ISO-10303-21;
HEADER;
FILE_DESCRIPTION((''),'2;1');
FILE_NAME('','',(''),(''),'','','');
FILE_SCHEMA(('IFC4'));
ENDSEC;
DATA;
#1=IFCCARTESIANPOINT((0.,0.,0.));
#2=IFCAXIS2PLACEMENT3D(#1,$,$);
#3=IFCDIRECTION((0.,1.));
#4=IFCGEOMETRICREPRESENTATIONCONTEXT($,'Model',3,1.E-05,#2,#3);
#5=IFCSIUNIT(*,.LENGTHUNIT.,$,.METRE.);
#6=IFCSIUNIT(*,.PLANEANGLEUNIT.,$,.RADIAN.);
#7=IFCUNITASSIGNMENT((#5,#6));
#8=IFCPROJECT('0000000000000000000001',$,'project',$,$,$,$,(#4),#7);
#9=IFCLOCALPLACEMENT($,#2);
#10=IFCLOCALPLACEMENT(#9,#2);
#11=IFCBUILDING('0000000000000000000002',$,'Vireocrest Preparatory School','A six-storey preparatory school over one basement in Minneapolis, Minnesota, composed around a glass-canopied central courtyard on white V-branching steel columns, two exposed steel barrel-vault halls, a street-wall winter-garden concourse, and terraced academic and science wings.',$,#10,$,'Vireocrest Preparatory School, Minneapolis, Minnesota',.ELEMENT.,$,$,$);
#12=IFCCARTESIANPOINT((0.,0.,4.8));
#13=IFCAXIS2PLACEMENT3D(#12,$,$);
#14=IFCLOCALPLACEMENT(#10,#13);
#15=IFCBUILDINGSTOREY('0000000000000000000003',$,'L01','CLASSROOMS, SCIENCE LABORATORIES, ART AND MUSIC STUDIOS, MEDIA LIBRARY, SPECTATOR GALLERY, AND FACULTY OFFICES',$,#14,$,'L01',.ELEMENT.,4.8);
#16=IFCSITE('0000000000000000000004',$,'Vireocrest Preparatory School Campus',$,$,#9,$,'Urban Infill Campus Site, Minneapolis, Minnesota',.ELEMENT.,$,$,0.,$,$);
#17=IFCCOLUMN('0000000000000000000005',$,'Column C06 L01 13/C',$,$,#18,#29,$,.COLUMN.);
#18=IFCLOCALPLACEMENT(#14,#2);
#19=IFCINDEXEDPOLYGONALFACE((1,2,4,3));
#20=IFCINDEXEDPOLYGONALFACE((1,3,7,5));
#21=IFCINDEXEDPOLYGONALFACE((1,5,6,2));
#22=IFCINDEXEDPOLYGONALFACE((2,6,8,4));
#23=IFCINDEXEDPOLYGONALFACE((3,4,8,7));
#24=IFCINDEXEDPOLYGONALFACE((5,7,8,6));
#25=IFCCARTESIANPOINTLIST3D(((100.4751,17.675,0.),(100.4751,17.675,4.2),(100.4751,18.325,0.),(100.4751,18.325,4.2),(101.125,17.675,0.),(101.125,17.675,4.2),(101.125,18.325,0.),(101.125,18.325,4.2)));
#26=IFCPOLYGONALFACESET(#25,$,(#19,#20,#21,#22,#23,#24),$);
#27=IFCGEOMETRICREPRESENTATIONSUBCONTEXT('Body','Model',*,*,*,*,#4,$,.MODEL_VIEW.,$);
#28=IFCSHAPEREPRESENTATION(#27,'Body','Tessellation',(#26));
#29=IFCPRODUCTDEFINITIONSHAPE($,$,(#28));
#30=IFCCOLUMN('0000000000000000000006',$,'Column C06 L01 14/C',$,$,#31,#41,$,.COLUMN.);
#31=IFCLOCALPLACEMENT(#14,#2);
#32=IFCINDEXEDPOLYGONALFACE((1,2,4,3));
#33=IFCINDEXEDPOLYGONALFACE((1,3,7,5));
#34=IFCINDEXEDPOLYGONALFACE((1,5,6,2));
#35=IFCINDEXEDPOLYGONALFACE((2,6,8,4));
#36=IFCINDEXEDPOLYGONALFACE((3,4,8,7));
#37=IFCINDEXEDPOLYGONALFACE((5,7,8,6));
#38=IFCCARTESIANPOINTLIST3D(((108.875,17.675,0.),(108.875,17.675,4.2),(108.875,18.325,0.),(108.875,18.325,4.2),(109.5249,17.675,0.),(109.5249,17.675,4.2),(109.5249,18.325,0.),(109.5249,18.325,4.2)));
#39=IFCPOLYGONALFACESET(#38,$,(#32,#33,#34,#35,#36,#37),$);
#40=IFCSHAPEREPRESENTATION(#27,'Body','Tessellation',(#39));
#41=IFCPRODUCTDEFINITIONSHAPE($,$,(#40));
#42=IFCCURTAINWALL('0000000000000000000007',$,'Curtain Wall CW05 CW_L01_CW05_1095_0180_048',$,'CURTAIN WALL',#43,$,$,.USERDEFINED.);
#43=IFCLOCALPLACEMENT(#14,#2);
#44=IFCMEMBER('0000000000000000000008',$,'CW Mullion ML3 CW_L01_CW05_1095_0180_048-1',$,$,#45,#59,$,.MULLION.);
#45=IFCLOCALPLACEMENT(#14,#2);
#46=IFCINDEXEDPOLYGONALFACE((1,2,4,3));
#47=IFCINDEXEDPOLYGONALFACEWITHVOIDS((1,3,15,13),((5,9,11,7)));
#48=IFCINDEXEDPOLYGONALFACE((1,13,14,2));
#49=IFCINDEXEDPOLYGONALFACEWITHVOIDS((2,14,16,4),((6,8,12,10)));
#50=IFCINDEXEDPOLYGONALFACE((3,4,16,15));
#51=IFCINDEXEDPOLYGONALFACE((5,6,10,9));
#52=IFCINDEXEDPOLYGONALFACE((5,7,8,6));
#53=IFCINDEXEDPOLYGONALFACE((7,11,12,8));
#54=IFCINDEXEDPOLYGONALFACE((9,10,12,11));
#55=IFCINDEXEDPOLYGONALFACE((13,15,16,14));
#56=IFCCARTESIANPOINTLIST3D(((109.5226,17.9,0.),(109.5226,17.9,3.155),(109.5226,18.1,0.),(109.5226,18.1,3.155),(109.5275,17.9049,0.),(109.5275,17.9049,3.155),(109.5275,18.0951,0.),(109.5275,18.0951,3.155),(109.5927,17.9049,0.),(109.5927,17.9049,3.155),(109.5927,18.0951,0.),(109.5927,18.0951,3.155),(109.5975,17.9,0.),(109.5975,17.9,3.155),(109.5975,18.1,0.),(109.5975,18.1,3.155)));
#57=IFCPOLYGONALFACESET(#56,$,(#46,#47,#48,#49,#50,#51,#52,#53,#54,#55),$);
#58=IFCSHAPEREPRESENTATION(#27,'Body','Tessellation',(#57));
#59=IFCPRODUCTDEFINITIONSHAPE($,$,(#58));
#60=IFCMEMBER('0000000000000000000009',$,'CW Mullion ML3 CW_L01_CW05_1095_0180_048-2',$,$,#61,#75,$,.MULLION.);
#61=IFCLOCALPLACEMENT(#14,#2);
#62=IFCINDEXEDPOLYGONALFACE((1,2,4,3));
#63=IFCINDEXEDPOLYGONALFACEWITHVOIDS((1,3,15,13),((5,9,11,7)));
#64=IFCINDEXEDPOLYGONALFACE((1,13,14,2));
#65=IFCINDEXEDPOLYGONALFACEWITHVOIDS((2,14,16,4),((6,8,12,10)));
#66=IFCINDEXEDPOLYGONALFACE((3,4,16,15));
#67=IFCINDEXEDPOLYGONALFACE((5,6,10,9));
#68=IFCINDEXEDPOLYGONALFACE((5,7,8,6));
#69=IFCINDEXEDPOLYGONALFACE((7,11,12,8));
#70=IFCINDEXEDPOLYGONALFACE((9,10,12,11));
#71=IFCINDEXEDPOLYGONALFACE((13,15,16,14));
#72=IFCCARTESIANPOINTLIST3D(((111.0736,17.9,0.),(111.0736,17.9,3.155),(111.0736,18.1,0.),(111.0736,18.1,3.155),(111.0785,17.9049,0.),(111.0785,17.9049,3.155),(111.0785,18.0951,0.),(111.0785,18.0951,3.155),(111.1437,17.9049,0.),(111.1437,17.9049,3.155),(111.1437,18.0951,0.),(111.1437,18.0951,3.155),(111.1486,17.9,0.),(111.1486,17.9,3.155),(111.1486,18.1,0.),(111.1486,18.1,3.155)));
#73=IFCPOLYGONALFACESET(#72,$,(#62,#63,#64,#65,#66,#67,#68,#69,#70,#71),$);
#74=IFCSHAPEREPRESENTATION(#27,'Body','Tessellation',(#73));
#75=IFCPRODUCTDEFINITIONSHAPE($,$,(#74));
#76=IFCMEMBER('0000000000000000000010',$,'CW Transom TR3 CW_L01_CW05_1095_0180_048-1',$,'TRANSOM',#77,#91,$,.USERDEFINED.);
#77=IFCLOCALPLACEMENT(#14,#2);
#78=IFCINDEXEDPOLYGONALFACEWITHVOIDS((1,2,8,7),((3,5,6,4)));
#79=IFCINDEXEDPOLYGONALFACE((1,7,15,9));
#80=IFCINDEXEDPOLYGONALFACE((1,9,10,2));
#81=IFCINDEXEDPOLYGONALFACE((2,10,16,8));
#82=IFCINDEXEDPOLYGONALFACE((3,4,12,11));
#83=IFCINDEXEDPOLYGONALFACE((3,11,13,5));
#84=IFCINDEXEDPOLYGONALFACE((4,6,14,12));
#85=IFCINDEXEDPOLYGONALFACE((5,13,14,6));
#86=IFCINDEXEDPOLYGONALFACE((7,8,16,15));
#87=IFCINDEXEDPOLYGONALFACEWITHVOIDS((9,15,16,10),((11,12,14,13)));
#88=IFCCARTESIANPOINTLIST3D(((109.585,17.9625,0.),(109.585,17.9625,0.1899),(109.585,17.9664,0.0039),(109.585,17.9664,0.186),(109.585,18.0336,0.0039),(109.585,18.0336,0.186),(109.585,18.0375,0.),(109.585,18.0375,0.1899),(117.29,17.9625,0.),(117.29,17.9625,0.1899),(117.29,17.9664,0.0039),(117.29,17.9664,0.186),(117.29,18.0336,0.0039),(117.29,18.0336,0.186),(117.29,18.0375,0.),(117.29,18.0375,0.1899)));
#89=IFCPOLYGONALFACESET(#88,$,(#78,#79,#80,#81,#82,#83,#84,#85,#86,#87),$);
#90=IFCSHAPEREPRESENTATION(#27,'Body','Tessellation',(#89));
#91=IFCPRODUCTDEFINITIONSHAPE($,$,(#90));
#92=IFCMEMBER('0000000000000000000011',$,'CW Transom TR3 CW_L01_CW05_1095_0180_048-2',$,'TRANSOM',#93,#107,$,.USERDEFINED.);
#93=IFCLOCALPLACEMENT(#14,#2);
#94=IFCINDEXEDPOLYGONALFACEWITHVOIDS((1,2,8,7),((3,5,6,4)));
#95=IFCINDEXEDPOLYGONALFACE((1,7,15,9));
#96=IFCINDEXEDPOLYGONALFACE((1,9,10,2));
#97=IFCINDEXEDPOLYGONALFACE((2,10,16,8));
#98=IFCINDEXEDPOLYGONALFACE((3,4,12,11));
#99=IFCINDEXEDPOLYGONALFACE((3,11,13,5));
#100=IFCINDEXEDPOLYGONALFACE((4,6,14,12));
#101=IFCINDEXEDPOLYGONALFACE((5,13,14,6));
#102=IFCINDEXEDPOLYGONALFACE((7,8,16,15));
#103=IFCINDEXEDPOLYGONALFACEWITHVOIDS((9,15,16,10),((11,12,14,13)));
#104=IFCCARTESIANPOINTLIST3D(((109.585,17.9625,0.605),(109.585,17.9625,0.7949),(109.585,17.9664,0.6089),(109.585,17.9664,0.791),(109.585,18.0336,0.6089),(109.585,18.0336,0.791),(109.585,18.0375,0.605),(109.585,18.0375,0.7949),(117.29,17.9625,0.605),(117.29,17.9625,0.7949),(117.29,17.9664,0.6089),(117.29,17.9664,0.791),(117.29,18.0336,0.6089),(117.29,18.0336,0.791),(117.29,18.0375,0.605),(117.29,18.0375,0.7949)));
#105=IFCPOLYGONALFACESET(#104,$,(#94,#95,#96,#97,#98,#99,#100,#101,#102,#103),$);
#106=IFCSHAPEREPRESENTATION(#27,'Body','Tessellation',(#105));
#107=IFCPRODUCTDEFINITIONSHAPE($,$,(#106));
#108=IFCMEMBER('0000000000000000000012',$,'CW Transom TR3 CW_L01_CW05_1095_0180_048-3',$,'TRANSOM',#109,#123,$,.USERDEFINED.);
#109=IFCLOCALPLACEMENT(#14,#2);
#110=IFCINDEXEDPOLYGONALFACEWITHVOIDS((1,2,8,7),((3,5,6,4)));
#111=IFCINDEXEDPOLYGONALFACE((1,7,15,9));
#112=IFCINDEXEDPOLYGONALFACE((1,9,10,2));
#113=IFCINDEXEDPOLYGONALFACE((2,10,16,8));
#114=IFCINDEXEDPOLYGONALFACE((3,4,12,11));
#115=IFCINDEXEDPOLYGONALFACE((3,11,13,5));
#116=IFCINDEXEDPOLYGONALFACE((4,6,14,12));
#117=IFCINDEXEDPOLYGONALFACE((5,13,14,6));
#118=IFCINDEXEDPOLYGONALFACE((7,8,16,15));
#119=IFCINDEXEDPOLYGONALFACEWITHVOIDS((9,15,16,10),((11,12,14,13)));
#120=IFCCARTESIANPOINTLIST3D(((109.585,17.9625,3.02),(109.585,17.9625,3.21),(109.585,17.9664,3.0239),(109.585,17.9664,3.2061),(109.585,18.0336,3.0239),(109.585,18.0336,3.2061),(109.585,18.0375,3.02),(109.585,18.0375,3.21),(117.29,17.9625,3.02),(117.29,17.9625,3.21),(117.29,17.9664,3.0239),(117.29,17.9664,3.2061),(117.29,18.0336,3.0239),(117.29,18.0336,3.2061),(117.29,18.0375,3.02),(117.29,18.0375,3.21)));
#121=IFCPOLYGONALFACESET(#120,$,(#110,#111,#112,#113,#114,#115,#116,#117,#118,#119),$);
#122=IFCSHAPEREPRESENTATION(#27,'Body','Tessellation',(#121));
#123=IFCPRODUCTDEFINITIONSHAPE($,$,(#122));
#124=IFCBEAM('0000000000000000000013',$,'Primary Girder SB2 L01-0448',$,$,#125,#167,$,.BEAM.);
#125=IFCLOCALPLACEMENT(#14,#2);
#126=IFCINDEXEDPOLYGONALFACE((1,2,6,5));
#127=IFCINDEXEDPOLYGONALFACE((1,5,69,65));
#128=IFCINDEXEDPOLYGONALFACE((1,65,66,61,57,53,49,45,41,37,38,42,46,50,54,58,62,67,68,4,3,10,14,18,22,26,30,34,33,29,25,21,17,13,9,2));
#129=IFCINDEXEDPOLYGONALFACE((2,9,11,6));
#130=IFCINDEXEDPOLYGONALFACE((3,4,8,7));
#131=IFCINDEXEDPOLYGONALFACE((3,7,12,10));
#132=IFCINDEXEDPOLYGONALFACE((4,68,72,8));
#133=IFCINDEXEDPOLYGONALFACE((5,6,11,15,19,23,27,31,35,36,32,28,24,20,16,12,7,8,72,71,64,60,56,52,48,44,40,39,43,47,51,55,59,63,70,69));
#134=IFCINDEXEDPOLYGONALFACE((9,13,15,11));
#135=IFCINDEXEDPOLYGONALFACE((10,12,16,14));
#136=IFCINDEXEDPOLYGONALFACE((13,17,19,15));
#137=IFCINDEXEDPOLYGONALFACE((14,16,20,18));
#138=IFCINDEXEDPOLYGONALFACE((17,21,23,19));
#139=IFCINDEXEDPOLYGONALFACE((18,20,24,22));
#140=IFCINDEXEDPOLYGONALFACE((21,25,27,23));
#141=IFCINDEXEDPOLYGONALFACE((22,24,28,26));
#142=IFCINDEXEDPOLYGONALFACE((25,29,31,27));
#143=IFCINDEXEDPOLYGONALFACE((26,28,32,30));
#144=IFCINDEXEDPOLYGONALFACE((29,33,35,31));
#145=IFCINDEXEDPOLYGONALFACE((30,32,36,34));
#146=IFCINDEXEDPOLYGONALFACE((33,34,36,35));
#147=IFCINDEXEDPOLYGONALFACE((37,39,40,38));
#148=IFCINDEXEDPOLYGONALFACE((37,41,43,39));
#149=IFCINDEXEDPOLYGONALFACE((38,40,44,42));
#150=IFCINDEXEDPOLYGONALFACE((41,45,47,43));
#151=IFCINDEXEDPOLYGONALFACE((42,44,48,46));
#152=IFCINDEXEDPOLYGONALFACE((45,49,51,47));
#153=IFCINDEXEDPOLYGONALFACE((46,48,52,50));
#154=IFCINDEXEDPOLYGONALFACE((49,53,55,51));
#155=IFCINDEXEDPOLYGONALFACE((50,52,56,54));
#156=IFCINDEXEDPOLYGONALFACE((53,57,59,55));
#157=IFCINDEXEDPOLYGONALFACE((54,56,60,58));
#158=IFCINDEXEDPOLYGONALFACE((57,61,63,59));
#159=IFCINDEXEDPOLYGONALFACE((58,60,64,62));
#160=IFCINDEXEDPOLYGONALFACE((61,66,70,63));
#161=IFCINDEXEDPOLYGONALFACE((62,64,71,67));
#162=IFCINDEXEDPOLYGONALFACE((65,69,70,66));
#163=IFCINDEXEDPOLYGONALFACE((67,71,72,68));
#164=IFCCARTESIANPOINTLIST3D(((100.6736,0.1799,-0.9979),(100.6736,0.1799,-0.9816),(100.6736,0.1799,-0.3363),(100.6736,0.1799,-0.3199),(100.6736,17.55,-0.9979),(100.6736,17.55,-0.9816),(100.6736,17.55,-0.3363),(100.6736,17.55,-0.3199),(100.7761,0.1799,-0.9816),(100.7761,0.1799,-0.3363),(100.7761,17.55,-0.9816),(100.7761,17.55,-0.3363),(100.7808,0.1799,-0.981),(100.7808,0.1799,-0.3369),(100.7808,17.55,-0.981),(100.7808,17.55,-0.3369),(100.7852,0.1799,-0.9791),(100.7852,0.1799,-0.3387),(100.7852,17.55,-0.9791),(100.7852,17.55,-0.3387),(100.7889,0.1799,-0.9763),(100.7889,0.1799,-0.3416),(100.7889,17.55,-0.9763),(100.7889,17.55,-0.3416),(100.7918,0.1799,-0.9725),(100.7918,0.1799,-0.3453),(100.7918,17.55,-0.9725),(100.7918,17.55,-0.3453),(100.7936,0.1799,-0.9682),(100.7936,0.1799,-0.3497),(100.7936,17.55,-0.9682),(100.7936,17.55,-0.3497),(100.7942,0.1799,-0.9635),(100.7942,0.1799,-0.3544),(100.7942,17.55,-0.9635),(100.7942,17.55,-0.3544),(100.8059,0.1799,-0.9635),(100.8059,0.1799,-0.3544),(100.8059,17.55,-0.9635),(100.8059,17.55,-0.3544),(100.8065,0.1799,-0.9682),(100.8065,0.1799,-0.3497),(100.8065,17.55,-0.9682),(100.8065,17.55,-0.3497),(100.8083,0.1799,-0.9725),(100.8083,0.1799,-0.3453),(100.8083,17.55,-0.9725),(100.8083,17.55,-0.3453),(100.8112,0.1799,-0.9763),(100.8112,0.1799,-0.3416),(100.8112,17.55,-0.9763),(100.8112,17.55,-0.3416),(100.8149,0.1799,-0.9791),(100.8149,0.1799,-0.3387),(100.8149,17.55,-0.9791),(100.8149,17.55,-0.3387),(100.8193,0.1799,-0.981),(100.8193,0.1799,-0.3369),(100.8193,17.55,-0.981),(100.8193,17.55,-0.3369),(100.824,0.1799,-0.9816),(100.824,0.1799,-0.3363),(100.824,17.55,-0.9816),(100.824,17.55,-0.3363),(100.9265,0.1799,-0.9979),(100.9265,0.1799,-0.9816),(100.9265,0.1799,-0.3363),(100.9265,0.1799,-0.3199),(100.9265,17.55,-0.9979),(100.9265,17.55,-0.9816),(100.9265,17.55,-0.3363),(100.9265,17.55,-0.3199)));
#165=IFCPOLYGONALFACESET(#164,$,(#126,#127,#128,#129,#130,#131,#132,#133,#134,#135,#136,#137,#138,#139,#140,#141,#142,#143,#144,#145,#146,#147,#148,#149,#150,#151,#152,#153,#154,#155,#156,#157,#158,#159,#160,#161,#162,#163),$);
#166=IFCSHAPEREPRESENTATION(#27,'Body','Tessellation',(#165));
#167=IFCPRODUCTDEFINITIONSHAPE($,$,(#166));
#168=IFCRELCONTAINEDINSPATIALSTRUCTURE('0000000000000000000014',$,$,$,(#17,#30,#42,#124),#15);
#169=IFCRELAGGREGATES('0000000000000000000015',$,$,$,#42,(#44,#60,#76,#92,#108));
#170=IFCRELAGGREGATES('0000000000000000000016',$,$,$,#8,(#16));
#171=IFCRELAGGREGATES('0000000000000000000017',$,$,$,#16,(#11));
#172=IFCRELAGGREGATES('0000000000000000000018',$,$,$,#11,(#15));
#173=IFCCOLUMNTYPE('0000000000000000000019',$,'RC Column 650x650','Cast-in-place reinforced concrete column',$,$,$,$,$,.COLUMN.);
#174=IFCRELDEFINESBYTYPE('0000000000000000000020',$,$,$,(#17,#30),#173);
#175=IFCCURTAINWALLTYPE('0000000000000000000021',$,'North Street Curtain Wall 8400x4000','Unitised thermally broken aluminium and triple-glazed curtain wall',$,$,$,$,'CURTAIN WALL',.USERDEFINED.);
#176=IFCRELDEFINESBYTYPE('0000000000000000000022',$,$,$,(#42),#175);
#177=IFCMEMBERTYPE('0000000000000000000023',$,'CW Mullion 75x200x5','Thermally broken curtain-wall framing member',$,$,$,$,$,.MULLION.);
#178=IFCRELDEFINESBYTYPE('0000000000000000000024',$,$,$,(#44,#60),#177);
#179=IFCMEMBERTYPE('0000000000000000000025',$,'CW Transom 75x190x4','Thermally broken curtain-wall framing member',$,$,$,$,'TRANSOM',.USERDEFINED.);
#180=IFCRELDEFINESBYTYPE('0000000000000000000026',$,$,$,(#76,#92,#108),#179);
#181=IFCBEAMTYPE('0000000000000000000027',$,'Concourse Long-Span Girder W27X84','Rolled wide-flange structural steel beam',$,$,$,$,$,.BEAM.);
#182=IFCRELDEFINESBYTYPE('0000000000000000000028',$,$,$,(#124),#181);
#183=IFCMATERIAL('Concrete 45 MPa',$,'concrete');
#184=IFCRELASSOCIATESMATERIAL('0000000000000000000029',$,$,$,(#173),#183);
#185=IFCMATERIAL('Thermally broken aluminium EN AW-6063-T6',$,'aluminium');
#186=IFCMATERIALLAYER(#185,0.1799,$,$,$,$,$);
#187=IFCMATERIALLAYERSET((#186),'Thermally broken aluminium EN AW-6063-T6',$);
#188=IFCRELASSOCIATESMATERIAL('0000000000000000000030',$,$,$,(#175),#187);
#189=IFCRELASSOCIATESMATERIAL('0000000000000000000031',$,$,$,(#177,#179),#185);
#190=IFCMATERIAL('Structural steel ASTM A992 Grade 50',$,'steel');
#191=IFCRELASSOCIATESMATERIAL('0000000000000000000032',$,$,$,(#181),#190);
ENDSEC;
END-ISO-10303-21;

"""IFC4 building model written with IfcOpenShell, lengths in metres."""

from ifc_helpers import new_model, si_unit, direction, frame, origin, origin_2d, place, context, subcontext, project, spatial, rectangle, hollow_rectangle, i_section, extrude, material, layer, layer_set, material_profile, profile_set, type_object, element, aggregate, save


model = new_model("IFC4")

# Units and contexts
model_context = context("Model", 3, precision=1e-05, world=origin(), true_north=direction((0.0, 1.0)))
body_context = subcontext(model_context, "Body", "Model", "MODEL_VIEW")
ifc_project = project(units=[si_unit("LENGTHUNIT", "METRE"), si_unit("PLANEANGLEUNIT", "RADIAN")], contexts=[model_context])

# Site, building, storey
site_placement = place(None, origin())
site = spatial("IfcSite", under=ifc_project, at=site_placement, Name="Vireocrest Preparatory School Campus", LongName="Urban Infill Campus Site, Minneapolis, Minnesota", CompositionType="ELEMENT", RefElevation=0.0)
building_placement = place(site_placement, origin())
building = spatial("IfcBuilding", under=site, at=building_placement, Name="Vireocrest Preparatory School", Description="A six-storey preparatory school over one basement in Minneapolis, Minnesota, composed around a glass-canopied central courtyard on white V-branching steel columns, two exposed steel barrel-vault halls, a street-wall winter-garden concourse, and terraced academic and science wings.", LongName="Vireocrest Preparatory School, Minneapolis, Minnesota", CompositionType="ELEMENT")
storey_placement = place(building_placement, frame((0.0, 0.0, 4.8)))
storey = spatial("IfcBuildingStorey", under=building, at=storey_placement, Name="L01", Description="CLASSROOMS, SCIENCE LABORATORIES, ART AND MUSIC STUDIOS, MEDIA LIBRARY, SPECTATOR GALLERY, AND FACULTY OFFICES", LongName="L01", CompositionType="ELEMENT", Elevation=4.8)

# Columns
ifc_material_1 = material(Name="Concrete 45 MPa", Category="concrete")
ifc_material_profile_1 = material_profile(ifc_material_1, rectangle(XDim=0.6499, YDim=0.6499, at=origin_2d()), Name="RC 650x650")
ifc_profile_set_1 = profile_set([ifc_material_profile_1], Name="Concrete 45 MPa")
column_type = type_object("IfcColumnType", Name="RC Column 650x650", Description="Cast-in-place reinforced concrete column", PredefinedType="COLUMN", material=ifc_profile_set_1)
for number, where, z_axis, x_axis, name in (
    (1, (100.8, 18.0, 0.0), (0.0, 0.0, 1.0), (1.0, 0.0, 0.0), "Column C06 L01 13/C"),
    (2, (109.2, 18.0, 0.0), (0.0, 0.0, 1.0), (1.0, 0.0, 0.0), "Column C06 L01 14/C"),
):
    element("IfcColumn", number, at=place(storey_placement, frame(where, z_axis=z_axis, x_axis=x_axis)), inside=storey, type_object=column_type, Name=name, PredefinedType="COLUMN", context=body_context, shape_type="SweptSolid", body=[
        extrude(rectangle(XDim=0.6499, YDim=0.6499, at=origin_2d()), origin(), (0.0, 0.0, 1.0), 4.2),
    ])

# Curtain wall, members
ifc_material_2 = material(Name="Thermally broken aluminium EN AW-6063-T6", Category="aluminium")
ifc_layer_1 = layer(ifc_material_2, 0.1799)
ifc_layer_set_1 = layer_set([ifc_layer_1], Name="Thermally broken aluminium EN AW-6063-T6")
curtain_wall_type = type_object("IfcCurtainWallType", Name="North Street Curtain Wall 8400x4000", Description="Unitised thermally broken aluminium and triple-glazed curtain wall", ElementType="CURTAIN WALL", PredefinedType="USERDEFINED", material=ifc_layer_set_1)
curtain_wall_placement = place(storey_placement, origin())
curtain_wall = element("IfcCurtainWall", 3, at=curtain_wall_placement, inside=storey, type_object=curtain_wall_type, Name="Curtain Wall CW05 CW_L01_CW05_1095_0180_048", ObjectType="CURTAIN WALL", PredefinedType="USERDEFINED")
ifc_material_profile_2 = material_profile(ifc_material_2, hollow_rectangle(XDim=0.075, YDim=0.2, WallThickness=0.0049, at=origin_2d()), Name="ALU 75x200x5")
ifc_profile_set_2 = profile_set([ifc_material_profile_2], Name="Thermally broken aluminium EN AW-6063-T6")
member_type_1 = type_object("IfcMemberType", Name="CW Mullion 75x200x5", Description="Thermally broken curtain-wall framing member", PredefinedType="MULLION", material=ifc_profile_set_2)
member_1_placement = place(storey_placement, frame((109.5601, 18.0, 0.0), z_axis=(0.0, 0.0, 1.0), x_axis=(1.0, 0.0, 0.0)))
member_1 = element("IfcMember", 4, at=member_1_placement, type_object=member_type_1, Name="CW Mullion ML3 CW_L01_CW05_1095_0180_048-1", PredefinedType="MULLION", context=body_context, shape_type="SweptSolid", body=[
    extrude(hollow_rectangle(XDim=0.075, YDim=0.2, WallThickness=0.0049, at=origin_2d()), origin(), (0.0, 0.0, 1.0), 3.155),
])
member_2_placement = place(storey_placement, frame((111.1111, 18.0, 0.0), z_axis=(0.0, 0.0, 1.0), x_axis=(1.0, 0.0, 0.0)))
member_2 = element("IfcMember", 5, at=member_2_placement, type_object=member_type_1, Name="CW Mullion ML3 CW_L01_CW05_1095_0180_048-2", PredefinedType="MULLION", context=body_context, shape_type="SweptSolid", body=[
    extrude(hollow_rectangle(XDim=0.075, YDim=0.2, WallThickness=0.0049, at=origin_2d()), origin(), (0.0, 0.0, 1.0), 3.155),
])
ifc_material_profile_3 = material_profile(ifc_material_2, hollow_rectangle(XDim=0.075, YDim=0.1899, WallThickness=0.0039, at=origin_2d()), Name="ALU 75x190x4")
ifc_profile_set_3 = profile_set([ifc_material_profile_3], Name="Thermally broken aluminium EN AW-6063-T6")
member_type_2 = type_object("IfcMemberType", Name="CW Transom 75x190x4", Description="Thermally broken curtain-wall framing member", ElementType="TRANSOM", PredefinedType="USERDEFINED", material=ifc_profile_set_3)
member_3_placement = place(storey_placement, frame((109.585, 18.0, 0.095), z_axis=(1.0, 0.0, 0.0), x_axis=(0.0, 1.0, 0.0)))
member_3 = element("IfcMember", 6, at=member_3_placement, type_object=member_type_2, Name="CW Transom TR3 CW_L01_CW05_1095_0180_048-1", ObjectType="TRANSOM", PredefinedType="USERDEFINED", context=body_context, shape_type="SweptSolid", body=[
    extrude(hollow_rectangle(XDim=0.075, YDim=0.1899, WallThickness=0.0039, at=origin_2d()), origin(), (0.0, 0.0, 1.0), 7.7051),
])
member_4_placement = place(storey_placement, frame((109.585, 18.0, 0.7), z_axis=(1.0, 0.0, 0.0), x_axis=(0.0, 1.0, 0.0)))
member_4 = element("IfcMember", 7, at=member_4_placement, type_object=member_type_2, Name="CW Transom TR3 CW_L01_CW05_1095_0180_048-2", ObjectType="TRANSOM", PredefinedType="USERDEFINED", context=body_context, shape_type="SweptSolid", body=[
    extrude(hollow_rectangle(XDim=0.075, YDim=0.1899, WallThickness=0.0039, at=origin_2d()), origin(), (0.0, 0.0, 1.0), 7.7051),
])
member_5_placement = place(storey_placement, frame((109.585, 18.0, 3.115), z_axis=(1.0, 0.0, 0.0), x_axis=(0.0, 1.0, 0.0)))
member_5 = element("IfcMember", 8, at=member_5_placement, type_object=member_type_2, Name="CW Transom TR3 CW_L01_CW05_1095_0180_048-3", ObjectType="TRANSOM", PredefinedType="USERDEFINED", context=body_context, shape_type="SweptSolid", body=[
    extrude(hollow_rectangle(XDim=0.075, YDim=0.1899, WallThickness=0.0039, at=origin_2d()), origin(), (0.0, 0.0, 1.0), 7.7051),
])

# Beam
ifc_material_3 = material(Name="Structural steel ASTM A992 Grade 50", Category="steel")
ifc_material_profile_4 = material_profile(ifc_material_3, i_section(OverallWidth=0.2529, OverallDepth=0.678, WebThickness=0.0117, FlangeThickness=0.0164, FilletRadius=0.0181, at=origin_2d()), Name="W27X84")
ifc_profile_set_4 = profile_set([ifc_material_profile_4], Name="Structural steel ASTM A992 Grade 50")
beam_type_1 = type_object("IfcBeamType", Name="Concourse Long-Span Girder W27X84", Description="Rolled wide-flange structural steel beam", PredefinedType="BEAM", material=ifc_profile_set_4)
beam_1_placement = place(storey_placement, frame((100.8, 0.1799, -0.6589), z_axis=(0.0, 1.0, 0.0), x_axis=(-1.0, 0.0, 0.0)))
element("IfcBeam", 9, at=beam_1_placement, inside=storey, type_object=beam_type_1, Name="Primary Girder SB2 L01-0448", PredefinedType="BEAM", context=body_context, shape_type="SweptSolid", body=[
    extrude(i_section(OverallWidth=0.2529, OverallDepth=0.678, WebThickness=0.0117, FlangeThickness=0.0164, FilletRadius=0.0181, at=origin_2d()), origin(), (0.0, 0.0, 1.0), 17.3701),
])

aggregate(curtain_wall, [member_1, member_2, member_3, member_4, member_5])

save(model, "model.ifc")
